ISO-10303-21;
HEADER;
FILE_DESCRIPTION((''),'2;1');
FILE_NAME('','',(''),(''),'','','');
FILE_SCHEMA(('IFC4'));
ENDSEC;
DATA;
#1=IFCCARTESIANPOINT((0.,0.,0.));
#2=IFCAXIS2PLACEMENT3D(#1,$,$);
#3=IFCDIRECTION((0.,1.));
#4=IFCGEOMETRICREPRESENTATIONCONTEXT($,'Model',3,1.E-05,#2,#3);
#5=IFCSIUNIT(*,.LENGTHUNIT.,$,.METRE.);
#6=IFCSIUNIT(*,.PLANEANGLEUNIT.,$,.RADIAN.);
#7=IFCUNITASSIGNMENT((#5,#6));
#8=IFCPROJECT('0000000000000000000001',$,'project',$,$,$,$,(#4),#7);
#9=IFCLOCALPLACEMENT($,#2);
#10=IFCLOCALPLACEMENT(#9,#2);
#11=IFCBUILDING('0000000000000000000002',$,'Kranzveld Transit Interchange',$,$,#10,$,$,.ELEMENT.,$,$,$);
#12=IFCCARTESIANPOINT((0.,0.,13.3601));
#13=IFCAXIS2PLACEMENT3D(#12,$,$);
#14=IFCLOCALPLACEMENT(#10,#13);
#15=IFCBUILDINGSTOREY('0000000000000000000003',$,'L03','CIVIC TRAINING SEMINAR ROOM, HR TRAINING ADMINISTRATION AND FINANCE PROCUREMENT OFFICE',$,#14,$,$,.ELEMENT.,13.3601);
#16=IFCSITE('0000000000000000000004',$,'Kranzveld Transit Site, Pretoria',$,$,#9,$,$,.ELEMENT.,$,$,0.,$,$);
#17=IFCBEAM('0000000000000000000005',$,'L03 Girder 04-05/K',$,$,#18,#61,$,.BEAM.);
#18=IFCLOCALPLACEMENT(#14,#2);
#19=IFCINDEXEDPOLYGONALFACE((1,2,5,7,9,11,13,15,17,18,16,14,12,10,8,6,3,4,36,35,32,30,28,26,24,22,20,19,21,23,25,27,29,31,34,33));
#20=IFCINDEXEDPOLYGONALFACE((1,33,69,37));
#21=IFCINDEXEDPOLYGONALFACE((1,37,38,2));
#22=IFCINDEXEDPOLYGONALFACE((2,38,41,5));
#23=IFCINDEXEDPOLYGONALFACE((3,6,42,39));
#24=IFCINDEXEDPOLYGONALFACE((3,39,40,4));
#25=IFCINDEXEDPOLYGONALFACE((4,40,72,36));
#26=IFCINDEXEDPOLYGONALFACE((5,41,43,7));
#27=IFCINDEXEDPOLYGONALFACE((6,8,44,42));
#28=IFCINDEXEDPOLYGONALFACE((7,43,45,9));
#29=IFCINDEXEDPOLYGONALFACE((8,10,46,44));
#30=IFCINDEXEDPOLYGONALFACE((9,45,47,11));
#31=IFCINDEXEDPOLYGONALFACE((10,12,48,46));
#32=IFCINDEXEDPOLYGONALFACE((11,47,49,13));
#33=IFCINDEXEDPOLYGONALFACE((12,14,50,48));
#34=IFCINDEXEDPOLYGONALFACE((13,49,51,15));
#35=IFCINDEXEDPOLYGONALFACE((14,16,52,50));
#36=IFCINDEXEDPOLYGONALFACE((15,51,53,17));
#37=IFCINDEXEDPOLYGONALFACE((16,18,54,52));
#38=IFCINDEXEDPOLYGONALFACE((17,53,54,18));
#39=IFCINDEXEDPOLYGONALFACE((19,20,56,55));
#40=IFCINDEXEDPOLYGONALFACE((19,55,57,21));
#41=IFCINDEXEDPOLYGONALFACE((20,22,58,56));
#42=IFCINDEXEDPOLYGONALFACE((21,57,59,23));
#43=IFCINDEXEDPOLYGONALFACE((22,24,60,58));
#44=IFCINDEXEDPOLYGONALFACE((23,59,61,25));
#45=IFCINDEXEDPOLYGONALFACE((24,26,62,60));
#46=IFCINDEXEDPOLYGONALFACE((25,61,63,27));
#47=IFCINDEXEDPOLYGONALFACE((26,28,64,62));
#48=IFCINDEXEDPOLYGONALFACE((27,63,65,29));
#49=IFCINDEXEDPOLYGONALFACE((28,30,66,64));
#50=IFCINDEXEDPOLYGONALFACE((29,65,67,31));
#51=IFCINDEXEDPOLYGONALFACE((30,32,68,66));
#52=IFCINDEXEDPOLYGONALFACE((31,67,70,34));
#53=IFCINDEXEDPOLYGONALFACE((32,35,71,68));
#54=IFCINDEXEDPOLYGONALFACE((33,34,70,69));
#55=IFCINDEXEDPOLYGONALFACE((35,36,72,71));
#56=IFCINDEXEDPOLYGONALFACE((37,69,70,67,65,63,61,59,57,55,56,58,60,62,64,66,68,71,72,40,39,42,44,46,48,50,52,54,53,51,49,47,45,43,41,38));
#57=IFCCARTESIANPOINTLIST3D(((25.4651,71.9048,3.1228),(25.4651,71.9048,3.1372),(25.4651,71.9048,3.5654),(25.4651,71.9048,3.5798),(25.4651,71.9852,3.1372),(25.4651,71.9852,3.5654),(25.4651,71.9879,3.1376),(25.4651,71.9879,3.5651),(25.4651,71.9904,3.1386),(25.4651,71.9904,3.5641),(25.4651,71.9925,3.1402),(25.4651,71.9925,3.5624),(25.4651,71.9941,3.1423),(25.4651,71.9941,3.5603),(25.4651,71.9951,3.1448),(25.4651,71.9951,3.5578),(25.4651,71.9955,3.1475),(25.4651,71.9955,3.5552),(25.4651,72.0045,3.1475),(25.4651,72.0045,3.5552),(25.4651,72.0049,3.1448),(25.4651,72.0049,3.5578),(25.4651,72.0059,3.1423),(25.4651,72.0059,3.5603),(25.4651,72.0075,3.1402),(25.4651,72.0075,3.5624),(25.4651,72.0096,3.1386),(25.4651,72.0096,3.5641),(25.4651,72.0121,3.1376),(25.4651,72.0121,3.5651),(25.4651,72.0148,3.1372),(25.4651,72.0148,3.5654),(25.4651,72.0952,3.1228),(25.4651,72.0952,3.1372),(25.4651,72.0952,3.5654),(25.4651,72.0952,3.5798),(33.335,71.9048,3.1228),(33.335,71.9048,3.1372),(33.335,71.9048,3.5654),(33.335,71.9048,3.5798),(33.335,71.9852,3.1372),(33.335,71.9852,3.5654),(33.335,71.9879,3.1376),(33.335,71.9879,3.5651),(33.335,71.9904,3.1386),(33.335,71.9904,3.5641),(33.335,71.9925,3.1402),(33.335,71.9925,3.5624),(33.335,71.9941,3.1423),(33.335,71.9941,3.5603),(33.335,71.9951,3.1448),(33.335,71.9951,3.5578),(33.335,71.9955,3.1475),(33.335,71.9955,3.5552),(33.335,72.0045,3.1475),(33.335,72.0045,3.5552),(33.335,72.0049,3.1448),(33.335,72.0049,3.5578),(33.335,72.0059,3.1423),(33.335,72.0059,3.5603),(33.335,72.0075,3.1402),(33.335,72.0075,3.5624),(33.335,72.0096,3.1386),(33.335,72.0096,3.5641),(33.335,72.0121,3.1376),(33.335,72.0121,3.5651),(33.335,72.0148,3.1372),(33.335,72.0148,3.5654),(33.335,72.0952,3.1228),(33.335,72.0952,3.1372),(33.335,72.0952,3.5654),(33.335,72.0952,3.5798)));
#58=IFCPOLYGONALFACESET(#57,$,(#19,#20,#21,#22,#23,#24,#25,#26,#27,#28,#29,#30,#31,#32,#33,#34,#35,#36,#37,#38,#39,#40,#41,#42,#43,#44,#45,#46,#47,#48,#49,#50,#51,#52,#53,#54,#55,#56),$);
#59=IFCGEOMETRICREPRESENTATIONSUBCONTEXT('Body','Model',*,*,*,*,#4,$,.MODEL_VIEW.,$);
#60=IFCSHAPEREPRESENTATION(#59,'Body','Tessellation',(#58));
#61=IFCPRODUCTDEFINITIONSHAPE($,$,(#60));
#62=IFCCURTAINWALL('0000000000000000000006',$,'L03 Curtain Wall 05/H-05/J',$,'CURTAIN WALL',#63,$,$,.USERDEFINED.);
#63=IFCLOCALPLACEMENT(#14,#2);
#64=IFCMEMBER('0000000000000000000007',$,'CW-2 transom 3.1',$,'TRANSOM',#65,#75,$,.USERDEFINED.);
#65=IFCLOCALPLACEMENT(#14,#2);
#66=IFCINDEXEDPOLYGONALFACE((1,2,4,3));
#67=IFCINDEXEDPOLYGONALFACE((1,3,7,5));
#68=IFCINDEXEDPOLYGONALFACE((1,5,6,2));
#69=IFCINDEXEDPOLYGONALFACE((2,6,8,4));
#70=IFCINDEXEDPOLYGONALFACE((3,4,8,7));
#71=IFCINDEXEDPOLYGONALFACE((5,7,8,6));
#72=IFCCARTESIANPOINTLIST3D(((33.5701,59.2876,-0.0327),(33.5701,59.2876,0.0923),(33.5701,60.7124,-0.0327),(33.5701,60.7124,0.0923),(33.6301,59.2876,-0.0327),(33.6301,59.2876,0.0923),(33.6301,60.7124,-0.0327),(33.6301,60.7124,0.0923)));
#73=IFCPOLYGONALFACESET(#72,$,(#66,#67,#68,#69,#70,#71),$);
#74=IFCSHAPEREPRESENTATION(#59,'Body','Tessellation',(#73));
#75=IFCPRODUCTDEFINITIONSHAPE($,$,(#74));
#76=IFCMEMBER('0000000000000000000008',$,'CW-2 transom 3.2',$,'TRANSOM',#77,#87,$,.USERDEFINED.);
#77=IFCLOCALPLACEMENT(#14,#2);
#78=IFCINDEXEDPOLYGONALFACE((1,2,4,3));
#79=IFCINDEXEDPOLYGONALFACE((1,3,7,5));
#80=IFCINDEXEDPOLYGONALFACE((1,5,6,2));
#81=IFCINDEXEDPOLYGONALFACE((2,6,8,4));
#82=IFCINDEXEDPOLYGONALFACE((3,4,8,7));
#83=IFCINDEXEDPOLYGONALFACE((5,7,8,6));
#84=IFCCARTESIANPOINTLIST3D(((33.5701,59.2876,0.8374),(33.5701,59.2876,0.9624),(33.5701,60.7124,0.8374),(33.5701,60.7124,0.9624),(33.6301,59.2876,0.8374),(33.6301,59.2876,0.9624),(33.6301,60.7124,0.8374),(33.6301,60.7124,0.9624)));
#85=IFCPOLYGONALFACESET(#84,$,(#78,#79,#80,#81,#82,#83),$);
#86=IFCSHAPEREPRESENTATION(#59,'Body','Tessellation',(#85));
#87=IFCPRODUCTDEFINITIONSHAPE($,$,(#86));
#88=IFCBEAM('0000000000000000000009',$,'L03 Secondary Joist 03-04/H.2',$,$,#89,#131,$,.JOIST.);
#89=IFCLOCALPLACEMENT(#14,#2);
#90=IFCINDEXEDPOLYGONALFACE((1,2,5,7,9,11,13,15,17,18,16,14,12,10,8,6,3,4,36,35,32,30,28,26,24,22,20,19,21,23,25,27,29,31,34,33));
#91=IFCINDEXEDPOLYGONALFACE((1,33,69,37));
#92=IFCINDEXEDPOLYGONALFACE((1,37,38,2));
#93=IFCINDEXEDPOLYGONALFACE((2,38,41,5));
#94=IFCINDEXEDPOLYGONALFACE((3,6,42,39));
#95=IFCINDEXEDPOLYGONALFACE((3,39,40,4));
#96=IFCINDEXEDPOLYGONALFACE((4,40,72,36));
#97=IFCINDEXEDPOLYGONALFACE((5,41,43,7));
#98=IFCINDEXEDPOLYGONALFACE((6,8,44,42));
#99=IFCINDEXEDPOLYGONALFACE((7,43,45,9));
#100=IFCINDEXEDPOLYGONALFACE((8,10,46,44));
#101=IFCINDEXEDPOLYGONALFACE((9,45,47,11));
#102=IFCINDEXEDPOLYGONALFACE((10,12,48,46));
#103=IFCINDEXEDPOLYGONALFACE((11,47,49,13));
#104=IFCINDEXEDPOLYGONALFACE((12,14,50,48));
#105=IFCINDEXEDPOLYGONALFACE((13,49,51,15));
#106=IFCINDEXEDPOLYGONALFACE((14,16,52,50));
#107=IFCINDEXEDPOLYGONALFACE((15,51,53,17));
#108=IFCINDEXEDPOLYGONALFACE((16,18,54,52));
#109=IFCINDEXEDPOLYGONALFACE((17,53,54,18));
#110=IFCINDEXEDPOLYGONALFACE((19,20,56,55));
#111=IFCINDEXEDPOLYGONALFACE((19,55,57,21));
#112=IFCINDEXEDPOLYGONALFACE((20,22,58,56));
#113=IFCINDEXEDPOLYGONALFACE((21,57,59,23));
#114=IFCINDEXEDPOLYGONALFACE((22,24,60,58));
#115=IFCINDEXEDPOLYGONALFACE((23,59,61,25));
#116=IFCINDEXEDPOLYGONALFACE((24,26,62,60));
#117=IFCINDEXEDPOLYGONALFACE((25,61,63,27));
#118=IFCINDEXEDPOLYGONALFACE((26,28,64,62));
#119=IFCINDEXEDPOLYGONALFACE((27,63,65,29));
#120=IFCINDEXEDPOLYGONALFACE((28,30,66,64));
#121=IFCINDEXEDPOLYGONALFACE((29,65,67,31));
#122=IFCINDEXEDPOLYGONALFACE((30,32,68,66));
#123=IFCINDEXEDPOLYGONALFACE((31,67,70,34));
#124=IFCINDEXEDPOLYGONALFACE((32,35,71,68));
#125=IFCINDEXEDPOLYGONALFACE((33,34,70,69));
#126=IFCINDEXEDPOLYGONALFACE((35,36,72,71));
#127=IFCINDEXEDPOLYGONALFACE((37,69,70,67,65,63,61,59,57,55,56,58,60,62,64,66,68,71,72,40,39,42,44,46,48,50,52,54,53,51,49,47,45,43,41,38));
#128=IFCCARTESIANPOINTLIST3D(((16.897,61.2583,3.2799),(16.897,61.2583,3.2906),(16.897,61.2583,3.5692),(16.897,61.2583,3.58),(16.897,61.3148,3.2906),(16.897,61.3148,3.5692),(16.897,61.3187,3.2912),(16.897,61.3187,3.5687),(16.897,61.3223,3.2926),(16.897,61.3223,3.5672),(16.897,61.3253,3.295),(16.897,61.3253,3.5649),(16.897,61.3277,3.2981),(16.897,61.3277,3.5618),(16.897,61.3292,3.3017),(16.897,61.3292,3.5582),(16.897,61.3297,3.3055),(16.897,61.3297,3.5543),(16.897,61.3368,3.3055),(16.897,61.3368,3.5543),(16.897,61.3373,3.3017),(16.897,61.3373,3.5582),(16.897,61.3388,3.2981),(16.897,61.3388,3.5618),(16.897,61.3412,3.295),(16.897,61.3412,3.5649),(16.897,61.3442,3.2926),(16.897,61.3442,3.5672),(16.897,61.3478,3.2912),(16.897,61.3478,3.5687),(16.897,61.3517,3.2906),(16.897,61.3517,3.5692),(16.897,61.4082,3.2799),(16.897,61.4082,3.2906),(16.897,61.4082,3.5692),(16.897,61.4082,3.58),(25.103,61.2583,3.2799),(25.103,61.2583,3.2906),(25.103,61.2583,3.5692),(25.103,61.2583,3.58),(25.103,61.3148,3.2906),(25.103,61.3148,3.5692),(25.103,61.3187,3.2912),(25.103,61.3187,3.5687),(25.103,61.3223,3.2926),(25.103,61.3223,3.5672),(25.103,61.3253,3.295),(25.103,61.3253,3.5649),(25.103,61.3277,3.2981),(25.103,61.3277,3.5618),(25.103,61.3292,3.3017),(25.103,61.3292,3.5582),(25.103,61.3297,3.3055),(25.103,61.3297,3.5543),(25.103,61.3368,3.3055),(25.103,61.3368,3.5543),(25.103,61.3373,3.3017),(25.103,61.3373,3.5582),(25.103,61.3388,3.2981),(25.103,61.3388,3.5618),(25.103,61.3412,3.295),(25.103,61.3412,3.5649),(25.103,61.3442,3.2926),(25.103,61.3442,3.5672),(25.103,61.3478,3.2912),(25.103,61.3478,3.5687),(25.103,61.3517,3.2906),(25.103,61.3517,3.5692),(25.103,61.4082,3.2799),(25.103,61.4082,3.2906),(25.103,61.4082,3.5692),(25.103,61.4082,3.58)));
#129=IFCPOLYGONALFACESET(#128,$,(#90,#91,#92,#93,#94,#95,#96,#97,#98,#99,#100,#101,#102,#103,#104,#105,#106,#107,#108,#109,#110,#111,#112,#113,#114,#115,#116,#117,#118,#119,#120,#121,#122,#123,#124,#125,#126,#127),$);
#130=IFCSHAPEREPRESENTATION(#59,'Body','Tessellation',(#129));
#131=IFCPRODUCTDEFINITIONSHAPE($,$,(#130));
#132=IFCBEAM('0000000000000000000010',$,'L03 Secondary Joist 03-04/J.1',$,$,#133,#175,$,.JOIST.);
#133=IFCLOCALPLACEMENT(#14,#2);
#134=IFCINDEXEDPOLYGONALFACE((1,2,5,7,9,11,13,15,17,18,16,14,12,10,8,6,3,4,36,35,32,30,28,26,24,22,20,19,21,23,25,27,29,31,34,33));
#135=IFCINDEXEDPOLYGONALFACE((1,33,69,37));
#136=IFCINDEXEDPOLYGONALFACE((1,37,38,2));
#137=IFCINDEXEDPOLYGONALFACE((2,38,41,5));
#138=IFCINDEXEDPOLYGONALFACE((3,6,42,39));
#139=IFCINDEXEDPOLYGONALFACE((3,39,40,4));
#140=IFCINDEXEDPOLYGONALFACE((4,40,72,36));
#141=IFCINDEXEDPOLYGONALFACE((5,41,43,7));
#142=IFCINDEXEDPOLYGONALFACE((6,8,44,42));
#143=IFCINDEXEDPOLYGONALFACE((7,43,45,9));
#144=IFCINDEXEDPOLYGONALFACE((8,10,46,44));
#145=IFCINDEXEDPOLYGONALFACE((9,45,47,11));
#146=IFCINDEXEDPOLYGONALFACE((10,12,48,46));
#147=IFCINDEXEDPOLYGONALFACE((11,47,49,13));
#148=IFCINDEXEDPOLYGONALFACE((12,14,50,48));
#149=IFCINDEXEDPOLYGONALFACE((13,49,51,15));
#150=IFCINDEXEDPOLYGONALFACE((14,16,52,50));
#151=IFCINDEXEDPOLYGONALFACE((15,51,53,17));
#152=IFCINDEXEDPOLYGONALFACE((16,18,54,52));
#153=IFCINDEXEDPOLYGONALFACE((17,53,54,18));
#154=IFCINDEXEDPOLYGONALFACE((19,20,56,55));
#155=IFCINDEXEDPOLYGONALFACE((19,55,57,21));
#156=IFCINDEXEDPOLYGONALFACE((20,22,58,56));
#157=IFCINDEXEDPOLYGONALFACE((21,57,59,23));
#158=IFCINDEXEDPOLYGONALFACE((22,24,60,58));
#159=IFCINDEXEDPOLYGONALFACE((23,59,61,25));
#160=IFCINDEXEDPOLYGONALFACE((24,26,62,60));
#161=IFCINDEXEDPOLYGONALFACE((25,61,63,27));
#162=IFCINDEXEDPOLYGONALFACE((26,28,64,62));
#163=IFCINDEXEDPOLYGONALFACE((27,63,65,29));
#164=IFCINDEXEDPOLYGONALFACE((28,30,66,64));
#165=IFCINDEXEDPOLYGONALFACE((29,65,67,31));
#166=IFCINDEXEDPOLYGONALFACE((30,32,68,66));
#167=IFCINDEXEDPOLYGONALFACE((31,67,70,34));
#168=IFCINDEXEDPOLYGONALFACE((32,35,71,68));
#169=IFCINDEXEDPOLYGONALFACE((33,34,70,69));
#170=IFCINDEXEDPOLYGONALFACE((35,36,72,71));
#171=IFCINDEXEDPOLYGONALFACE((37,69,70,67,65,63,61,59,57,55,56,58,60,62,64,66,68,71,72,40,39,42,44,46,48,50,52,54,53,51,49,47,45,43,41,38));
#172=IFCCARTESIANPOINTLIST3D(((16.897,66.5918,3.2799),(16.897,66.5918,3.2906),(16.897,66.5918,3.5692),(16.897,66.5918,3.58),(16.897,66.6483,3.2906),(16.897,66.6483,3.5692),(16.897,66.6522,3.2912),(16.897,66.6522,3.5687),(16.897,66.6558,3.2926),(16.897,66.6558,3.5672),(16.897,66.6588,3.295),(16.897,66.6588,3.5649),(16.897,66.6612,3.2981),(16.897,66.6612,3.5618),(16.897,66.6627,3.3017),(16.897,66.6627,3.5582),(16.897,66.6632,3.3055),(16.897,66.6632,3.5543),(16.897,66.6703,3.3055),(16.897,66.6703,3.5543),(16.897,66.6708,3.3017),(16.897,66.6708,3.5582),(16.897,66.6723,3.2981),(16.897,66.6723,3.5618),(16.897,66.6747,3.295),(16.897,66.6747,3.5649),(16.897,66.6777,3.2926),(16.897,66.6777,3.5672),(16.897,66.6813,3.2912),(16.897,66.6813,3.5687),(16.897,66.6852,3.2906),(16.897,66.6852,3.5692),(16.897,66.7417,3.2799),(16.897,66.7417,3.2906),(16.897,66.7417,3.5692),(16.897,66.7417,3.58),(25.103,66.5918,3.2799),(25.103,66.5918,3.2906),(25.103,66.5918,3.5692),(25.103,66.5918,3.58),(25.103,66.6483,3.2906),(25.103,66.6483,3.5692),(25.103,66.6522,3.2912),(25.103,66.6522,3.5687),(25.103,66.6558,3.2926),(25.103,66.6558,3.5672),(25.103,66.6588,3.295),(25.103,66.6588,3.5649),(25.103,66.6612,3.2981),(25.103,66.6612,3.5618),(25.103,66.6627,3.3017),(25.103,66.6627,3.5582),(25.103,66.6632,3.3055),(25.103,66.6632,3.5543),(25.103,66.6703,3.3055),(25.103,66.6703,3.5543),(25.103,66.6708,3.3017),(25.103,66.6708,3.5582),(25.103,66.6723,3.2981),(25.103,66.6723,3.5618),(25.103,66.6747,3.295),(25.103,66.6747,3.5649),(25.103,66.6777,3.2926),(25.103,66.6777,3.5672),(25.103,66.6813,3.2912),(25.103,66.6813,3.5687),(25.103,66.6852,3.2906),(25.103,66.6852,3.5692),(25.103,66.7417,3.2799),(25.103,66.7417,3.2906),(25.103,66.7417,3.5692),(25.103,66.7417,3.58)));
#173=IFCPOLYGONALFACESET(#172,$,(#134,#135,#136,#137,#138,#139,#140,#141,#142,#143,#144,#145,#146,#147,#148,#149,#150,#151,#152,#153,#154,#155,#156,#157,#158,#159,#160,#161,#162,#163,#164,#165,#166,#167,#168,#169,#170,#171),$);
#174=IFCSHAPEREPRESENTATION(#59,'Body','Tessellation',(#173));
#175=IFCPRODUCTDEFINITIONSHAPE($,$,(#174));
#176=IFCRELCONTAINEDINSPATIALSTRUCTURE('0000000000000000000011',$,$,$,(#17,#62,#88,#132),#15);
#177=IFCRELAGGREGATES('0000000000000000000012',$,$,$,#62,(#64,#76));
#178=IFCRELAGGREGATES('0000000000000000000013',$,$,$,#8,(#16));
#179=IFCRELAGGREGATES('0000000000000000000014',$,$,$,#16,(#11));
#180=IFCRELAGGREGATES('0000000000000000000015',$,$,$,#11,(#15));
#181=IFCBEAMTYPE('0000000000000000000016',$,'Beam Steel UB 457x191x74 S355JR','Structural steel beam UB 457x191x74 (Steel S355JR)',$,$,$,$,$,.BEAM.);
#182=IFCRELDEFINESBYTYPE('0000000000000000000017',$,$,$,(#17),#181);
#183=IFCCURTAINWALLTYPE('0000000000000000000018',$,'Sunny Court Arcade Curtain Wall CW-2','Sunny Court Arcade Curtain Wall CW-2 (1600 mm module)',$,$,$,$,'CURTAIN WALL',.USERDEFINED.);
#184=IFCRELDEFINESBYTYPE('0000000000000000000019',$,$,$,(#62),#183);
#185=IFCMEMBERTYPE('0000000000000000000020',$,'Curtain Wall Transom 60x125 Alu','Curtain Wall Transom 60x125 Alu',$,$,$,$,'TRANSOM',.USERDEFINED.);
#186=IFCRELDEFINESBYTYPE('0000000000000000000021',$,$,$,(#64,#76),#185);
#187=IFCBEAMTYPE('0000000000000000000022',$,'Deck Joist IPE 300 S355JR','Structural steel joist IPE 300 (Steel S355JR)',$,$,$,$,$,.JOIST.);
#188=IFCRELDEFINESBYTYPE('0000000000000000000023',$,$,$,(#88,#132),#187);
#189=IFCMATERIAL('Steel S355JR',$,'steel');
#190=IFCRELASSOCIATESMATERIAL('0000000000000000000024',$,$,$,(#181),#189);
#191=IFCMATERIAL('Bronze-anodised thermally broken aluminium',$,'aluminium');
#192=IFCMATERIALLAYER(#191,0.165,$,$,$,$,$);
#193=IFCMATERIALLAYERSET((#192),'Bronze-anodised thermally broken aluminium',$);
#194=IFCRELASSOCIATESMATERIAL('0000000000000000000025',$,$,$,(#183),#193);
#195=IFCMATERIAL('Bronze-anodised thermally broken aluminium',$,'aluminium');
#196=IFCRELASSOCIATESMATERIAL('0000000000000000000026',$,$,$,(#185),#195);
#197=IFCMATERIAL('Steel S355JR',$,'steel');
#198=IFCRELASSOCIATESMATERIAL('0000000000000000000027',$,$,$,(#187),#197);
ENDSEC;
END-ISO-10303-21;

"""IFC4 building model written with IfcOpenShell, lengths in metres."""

from ifc_helpers import new_model, si_unit, direction, frame, origin, origin_2d, place, context, subcontext, project, spatial, rectangle, i_section, extrude, material, layer, layer_set, material_profile, profile_set, type_object, element, aggregate, save


model = new_model("IFC4")

# Units and contexts
model_context = context("Model", 3, precision=1e-05, world=origin(), true_north=direction((0.0, 1.0)))
body_context = subcontext(model_context, "Body", "Model", "MODEL_VIEW")
ifc_project = project(units=[si_unit("LENGTHUNIT", "METRE"), si_unit("PLANEANGLEUNIT", "RADIAN")], contexts=[model_context])

# Site, building, storey
site_placement = place(None, origin())
site = spatial("IfcSite", under=ifc_project, at=site_placement, Name="Kranzveld Transit Site, Pretoria", CompositionType="ELEMENT", RefElevation=0.0)
building_placement = place(site_placement, origin())
building = spatial("IfcBuilding", under=site, at=building_placement, Name="Kranzveld Transit Interchange", CompositionType="ELEMENT")
storey_placement = place(building_placement, frame((0.0, 0.0, 13.3601)))
storey = spatial("IfcBuildingStorey", under=building, at=storey_placement, Name="L03", Description="CIVIC TRAINING SEMINAR ROOM, HR TRAINING ADMINISTRATION AND FINANCE PROCUREMENT OFFICE", CompositionType="ELEMENT", Elevation=13.3601)

# Beam
ifc_material_1 = material(Name="Steel S355JR", Category="steel")
ifc_material_profile_1 = material_profile(ifc_material_1, i_section(OverallWidth=0.1904, OverallDepth=0.457, WebThickness=0.009, FlangeThickness=0.0144, FilletRadius=0.0103, at=origin_2d()), Name="UB 457x191x74")
ifc_profile_set_1 = profile_set([ifc_material_profile_1], Name="Steel S355JR")
beam_type_1 = type_object("IfcBeamType", Name="Beam Steel UB 457x191x74 S355JR", Description="Structural steel beam UB 457x191x74 (Steel S355JR)", PredefinedType="BEAM", material=ifc_profile_set_1)
beam_1_placement = place(storey_placement, frame((25.4651, 72.0, 3.3513), z_axis=(1.0, 0.0, 0.0), x_axis=(0.0, 1.0, 0.0)))
element("IfcBeam", 1, at=beam_1_placement, inside=storey, type_object=beam_type_1, Name="L03 Girder 04-05/K", PredefinedType="BEAM", context=body_context, shape_type="SweptSolid", body=[
    extrude(i_section(OverallWidth=0.1904, OverallDepth=0.457, WebThickness=0.009, FlangeThickness=0.0144, FilletRadius=0.0103, at=origin_2d()), origin(), (0.0, 0.0, 1.0), 7.8699),
])

# Curtain wall, members
ifc_material_2 = material(Name="Bronze-anodised thermally broken aluminium", Category="aluminium")
ifc_layer_1 = layer(ifc_material_2, 0.165)
ifc_layer_set_1 = layer_set([ifc_layer_1], Name="Bronze-anodised thermally broken aluminium")
curtain_wall_type = type_object("IfcCurtainWallType", Name="Sunny Court Arcade Curtain Wall CW-2", Description="Sunny Court Arcade Curtain Wall CW-2 (1600 mm module)", ElementType="CURTAIN WALL", PredefinedType="USERDEFINED", material=ifc_layer_set_1)
curtain_wall_placement = place(storey_placement, origin())
curtain_wall = element("IfcCurtainWall", 2, at=curtain_wall_placement, inside=storey, type_object=curtain_wall_type, Name="L03 Curtain Wall 05/H-05/J", ObjectType="CURTAIN WALL", PredefinedType="USERDEFINED")
ifc_material_3 = material(Name="Bronze-anodised thermally broken aluminium", Category="aluminium")
ifc_material_profile_2 = material_profile(ifc_material_3, rectangle(XDim=0.0601, YDim=0.125, at=origin_2d()), Name="ALU TRANSOM 60x125")
ifc_profile_set_2 = profile_set([ifc_material_profile_2], Name="Bronze-anodised thermally broken aluminium")
member_type = type_object("IfcMemberType", Name="Curtain Wall Transom 60x125 Alu", Description="Curtain Wall Transom 60x125 Alu", ElementType="TRANSOM", PredefinedType="USERDEFINED", material=ifc_profile_set_2)
member_1_placement = place(storey_placement, frame((33.6001, 59.2876, 0.0298), z_axis=(0.0, 1.0, 0.0), x_axis=(-1.0, 0.0, 0.0)))
member_1 = element("IfcMember", 3, at=member_1_placement, type_object=member_type, Name="CW-2 transom 3.1", ObjectType="TRANSOM", PredefinedType="USERDEFINED", context=body_context, shape_type="SweptSolid", body=[
    extrude(rectangle(XDim=0.0601, YDim=0.125, at=origin_2d()), origin(), (0.0, 0.0, 1.0), 1.4248),
])
member_2_placement = place(storey_placement, frame((33.6001, 59.2876, 0.8999), z_axis=(0.0, 1.0, 0.0), x_axis=(-1.0, 0.0, 0.0)))
member_2 = element("IfcMember", 4, at=member_2_placement, type_object=member_type, Name="CW-2 transom 3.2", ObjectType="TRANSOM", PredefinedType="USERDEFINED", context=body_context, shape_type="SweptSolid", body=[
    extrude(rectangle(XDim=0.0601, YDim=0.125, at=origin_2d()), origin(), (0.0, 0.0, 1.0), 1.4248),
])
aggregate(curtain_wall, [member_1, member_2])

# Beams
ifc_material_4 = material(Name="Steel S355JR", Category="steel")
ifc_material_profile_3 = material_profile(ifc_material_4, i_section(OverallWidth=0.1499, OverallDepth=0.3, WebThickness=0.0071, FlangeThickness=0.0107, FilletRadius=0.0149, at=origin_2d()), Name="IPE 300")
ifc_profile_set_3 = profile_set([ifc_material_profile_3], Name="Steel S355JR")
beam_type_2 = type_object("IfcBeamType", Name="Deck Joist IPE 300 S355JR", Description="Structural steel joist IPE 300 (Steel S355JR)", PredefinedType="JOIST", material=ifc_profile_set_3)
for number, where, z_axis, x_axis, name in (
    (5, (16.897, 61.3333, 3.4299), (1.0, 0.0, 0.0), (0.0, 1.0, 0.0), "L03 Secondary Joist 03-04/H.2"),
    (6, (16.897, 66.6667, 3.4299), (1.0, 0.0, 0.0), (0.0, 1.0, 0.0), "L03 Secondary Joist 03-04/J.1"),
):
    element("IfcBeam", number, at=place(storey_placement, frame(where, z_axis=z_axis, x_axis=x_axis)), inside=storey, type_object=beam_type_2, Name=name, PredefinedType="JOIST", context=body_context, shape_type="SweptSolid", body=[
        extrude(i_section(OverallWidth=0.1499, OverallDepth=0.3, WebThickness=0.0071, FlangeThickness=0.0107, FilletRadius=0.0149, at=origin_2d()), origin(), (0.0, 0.0, 1.0), 8.2061),
    ])

save(model, "model.ifc")
